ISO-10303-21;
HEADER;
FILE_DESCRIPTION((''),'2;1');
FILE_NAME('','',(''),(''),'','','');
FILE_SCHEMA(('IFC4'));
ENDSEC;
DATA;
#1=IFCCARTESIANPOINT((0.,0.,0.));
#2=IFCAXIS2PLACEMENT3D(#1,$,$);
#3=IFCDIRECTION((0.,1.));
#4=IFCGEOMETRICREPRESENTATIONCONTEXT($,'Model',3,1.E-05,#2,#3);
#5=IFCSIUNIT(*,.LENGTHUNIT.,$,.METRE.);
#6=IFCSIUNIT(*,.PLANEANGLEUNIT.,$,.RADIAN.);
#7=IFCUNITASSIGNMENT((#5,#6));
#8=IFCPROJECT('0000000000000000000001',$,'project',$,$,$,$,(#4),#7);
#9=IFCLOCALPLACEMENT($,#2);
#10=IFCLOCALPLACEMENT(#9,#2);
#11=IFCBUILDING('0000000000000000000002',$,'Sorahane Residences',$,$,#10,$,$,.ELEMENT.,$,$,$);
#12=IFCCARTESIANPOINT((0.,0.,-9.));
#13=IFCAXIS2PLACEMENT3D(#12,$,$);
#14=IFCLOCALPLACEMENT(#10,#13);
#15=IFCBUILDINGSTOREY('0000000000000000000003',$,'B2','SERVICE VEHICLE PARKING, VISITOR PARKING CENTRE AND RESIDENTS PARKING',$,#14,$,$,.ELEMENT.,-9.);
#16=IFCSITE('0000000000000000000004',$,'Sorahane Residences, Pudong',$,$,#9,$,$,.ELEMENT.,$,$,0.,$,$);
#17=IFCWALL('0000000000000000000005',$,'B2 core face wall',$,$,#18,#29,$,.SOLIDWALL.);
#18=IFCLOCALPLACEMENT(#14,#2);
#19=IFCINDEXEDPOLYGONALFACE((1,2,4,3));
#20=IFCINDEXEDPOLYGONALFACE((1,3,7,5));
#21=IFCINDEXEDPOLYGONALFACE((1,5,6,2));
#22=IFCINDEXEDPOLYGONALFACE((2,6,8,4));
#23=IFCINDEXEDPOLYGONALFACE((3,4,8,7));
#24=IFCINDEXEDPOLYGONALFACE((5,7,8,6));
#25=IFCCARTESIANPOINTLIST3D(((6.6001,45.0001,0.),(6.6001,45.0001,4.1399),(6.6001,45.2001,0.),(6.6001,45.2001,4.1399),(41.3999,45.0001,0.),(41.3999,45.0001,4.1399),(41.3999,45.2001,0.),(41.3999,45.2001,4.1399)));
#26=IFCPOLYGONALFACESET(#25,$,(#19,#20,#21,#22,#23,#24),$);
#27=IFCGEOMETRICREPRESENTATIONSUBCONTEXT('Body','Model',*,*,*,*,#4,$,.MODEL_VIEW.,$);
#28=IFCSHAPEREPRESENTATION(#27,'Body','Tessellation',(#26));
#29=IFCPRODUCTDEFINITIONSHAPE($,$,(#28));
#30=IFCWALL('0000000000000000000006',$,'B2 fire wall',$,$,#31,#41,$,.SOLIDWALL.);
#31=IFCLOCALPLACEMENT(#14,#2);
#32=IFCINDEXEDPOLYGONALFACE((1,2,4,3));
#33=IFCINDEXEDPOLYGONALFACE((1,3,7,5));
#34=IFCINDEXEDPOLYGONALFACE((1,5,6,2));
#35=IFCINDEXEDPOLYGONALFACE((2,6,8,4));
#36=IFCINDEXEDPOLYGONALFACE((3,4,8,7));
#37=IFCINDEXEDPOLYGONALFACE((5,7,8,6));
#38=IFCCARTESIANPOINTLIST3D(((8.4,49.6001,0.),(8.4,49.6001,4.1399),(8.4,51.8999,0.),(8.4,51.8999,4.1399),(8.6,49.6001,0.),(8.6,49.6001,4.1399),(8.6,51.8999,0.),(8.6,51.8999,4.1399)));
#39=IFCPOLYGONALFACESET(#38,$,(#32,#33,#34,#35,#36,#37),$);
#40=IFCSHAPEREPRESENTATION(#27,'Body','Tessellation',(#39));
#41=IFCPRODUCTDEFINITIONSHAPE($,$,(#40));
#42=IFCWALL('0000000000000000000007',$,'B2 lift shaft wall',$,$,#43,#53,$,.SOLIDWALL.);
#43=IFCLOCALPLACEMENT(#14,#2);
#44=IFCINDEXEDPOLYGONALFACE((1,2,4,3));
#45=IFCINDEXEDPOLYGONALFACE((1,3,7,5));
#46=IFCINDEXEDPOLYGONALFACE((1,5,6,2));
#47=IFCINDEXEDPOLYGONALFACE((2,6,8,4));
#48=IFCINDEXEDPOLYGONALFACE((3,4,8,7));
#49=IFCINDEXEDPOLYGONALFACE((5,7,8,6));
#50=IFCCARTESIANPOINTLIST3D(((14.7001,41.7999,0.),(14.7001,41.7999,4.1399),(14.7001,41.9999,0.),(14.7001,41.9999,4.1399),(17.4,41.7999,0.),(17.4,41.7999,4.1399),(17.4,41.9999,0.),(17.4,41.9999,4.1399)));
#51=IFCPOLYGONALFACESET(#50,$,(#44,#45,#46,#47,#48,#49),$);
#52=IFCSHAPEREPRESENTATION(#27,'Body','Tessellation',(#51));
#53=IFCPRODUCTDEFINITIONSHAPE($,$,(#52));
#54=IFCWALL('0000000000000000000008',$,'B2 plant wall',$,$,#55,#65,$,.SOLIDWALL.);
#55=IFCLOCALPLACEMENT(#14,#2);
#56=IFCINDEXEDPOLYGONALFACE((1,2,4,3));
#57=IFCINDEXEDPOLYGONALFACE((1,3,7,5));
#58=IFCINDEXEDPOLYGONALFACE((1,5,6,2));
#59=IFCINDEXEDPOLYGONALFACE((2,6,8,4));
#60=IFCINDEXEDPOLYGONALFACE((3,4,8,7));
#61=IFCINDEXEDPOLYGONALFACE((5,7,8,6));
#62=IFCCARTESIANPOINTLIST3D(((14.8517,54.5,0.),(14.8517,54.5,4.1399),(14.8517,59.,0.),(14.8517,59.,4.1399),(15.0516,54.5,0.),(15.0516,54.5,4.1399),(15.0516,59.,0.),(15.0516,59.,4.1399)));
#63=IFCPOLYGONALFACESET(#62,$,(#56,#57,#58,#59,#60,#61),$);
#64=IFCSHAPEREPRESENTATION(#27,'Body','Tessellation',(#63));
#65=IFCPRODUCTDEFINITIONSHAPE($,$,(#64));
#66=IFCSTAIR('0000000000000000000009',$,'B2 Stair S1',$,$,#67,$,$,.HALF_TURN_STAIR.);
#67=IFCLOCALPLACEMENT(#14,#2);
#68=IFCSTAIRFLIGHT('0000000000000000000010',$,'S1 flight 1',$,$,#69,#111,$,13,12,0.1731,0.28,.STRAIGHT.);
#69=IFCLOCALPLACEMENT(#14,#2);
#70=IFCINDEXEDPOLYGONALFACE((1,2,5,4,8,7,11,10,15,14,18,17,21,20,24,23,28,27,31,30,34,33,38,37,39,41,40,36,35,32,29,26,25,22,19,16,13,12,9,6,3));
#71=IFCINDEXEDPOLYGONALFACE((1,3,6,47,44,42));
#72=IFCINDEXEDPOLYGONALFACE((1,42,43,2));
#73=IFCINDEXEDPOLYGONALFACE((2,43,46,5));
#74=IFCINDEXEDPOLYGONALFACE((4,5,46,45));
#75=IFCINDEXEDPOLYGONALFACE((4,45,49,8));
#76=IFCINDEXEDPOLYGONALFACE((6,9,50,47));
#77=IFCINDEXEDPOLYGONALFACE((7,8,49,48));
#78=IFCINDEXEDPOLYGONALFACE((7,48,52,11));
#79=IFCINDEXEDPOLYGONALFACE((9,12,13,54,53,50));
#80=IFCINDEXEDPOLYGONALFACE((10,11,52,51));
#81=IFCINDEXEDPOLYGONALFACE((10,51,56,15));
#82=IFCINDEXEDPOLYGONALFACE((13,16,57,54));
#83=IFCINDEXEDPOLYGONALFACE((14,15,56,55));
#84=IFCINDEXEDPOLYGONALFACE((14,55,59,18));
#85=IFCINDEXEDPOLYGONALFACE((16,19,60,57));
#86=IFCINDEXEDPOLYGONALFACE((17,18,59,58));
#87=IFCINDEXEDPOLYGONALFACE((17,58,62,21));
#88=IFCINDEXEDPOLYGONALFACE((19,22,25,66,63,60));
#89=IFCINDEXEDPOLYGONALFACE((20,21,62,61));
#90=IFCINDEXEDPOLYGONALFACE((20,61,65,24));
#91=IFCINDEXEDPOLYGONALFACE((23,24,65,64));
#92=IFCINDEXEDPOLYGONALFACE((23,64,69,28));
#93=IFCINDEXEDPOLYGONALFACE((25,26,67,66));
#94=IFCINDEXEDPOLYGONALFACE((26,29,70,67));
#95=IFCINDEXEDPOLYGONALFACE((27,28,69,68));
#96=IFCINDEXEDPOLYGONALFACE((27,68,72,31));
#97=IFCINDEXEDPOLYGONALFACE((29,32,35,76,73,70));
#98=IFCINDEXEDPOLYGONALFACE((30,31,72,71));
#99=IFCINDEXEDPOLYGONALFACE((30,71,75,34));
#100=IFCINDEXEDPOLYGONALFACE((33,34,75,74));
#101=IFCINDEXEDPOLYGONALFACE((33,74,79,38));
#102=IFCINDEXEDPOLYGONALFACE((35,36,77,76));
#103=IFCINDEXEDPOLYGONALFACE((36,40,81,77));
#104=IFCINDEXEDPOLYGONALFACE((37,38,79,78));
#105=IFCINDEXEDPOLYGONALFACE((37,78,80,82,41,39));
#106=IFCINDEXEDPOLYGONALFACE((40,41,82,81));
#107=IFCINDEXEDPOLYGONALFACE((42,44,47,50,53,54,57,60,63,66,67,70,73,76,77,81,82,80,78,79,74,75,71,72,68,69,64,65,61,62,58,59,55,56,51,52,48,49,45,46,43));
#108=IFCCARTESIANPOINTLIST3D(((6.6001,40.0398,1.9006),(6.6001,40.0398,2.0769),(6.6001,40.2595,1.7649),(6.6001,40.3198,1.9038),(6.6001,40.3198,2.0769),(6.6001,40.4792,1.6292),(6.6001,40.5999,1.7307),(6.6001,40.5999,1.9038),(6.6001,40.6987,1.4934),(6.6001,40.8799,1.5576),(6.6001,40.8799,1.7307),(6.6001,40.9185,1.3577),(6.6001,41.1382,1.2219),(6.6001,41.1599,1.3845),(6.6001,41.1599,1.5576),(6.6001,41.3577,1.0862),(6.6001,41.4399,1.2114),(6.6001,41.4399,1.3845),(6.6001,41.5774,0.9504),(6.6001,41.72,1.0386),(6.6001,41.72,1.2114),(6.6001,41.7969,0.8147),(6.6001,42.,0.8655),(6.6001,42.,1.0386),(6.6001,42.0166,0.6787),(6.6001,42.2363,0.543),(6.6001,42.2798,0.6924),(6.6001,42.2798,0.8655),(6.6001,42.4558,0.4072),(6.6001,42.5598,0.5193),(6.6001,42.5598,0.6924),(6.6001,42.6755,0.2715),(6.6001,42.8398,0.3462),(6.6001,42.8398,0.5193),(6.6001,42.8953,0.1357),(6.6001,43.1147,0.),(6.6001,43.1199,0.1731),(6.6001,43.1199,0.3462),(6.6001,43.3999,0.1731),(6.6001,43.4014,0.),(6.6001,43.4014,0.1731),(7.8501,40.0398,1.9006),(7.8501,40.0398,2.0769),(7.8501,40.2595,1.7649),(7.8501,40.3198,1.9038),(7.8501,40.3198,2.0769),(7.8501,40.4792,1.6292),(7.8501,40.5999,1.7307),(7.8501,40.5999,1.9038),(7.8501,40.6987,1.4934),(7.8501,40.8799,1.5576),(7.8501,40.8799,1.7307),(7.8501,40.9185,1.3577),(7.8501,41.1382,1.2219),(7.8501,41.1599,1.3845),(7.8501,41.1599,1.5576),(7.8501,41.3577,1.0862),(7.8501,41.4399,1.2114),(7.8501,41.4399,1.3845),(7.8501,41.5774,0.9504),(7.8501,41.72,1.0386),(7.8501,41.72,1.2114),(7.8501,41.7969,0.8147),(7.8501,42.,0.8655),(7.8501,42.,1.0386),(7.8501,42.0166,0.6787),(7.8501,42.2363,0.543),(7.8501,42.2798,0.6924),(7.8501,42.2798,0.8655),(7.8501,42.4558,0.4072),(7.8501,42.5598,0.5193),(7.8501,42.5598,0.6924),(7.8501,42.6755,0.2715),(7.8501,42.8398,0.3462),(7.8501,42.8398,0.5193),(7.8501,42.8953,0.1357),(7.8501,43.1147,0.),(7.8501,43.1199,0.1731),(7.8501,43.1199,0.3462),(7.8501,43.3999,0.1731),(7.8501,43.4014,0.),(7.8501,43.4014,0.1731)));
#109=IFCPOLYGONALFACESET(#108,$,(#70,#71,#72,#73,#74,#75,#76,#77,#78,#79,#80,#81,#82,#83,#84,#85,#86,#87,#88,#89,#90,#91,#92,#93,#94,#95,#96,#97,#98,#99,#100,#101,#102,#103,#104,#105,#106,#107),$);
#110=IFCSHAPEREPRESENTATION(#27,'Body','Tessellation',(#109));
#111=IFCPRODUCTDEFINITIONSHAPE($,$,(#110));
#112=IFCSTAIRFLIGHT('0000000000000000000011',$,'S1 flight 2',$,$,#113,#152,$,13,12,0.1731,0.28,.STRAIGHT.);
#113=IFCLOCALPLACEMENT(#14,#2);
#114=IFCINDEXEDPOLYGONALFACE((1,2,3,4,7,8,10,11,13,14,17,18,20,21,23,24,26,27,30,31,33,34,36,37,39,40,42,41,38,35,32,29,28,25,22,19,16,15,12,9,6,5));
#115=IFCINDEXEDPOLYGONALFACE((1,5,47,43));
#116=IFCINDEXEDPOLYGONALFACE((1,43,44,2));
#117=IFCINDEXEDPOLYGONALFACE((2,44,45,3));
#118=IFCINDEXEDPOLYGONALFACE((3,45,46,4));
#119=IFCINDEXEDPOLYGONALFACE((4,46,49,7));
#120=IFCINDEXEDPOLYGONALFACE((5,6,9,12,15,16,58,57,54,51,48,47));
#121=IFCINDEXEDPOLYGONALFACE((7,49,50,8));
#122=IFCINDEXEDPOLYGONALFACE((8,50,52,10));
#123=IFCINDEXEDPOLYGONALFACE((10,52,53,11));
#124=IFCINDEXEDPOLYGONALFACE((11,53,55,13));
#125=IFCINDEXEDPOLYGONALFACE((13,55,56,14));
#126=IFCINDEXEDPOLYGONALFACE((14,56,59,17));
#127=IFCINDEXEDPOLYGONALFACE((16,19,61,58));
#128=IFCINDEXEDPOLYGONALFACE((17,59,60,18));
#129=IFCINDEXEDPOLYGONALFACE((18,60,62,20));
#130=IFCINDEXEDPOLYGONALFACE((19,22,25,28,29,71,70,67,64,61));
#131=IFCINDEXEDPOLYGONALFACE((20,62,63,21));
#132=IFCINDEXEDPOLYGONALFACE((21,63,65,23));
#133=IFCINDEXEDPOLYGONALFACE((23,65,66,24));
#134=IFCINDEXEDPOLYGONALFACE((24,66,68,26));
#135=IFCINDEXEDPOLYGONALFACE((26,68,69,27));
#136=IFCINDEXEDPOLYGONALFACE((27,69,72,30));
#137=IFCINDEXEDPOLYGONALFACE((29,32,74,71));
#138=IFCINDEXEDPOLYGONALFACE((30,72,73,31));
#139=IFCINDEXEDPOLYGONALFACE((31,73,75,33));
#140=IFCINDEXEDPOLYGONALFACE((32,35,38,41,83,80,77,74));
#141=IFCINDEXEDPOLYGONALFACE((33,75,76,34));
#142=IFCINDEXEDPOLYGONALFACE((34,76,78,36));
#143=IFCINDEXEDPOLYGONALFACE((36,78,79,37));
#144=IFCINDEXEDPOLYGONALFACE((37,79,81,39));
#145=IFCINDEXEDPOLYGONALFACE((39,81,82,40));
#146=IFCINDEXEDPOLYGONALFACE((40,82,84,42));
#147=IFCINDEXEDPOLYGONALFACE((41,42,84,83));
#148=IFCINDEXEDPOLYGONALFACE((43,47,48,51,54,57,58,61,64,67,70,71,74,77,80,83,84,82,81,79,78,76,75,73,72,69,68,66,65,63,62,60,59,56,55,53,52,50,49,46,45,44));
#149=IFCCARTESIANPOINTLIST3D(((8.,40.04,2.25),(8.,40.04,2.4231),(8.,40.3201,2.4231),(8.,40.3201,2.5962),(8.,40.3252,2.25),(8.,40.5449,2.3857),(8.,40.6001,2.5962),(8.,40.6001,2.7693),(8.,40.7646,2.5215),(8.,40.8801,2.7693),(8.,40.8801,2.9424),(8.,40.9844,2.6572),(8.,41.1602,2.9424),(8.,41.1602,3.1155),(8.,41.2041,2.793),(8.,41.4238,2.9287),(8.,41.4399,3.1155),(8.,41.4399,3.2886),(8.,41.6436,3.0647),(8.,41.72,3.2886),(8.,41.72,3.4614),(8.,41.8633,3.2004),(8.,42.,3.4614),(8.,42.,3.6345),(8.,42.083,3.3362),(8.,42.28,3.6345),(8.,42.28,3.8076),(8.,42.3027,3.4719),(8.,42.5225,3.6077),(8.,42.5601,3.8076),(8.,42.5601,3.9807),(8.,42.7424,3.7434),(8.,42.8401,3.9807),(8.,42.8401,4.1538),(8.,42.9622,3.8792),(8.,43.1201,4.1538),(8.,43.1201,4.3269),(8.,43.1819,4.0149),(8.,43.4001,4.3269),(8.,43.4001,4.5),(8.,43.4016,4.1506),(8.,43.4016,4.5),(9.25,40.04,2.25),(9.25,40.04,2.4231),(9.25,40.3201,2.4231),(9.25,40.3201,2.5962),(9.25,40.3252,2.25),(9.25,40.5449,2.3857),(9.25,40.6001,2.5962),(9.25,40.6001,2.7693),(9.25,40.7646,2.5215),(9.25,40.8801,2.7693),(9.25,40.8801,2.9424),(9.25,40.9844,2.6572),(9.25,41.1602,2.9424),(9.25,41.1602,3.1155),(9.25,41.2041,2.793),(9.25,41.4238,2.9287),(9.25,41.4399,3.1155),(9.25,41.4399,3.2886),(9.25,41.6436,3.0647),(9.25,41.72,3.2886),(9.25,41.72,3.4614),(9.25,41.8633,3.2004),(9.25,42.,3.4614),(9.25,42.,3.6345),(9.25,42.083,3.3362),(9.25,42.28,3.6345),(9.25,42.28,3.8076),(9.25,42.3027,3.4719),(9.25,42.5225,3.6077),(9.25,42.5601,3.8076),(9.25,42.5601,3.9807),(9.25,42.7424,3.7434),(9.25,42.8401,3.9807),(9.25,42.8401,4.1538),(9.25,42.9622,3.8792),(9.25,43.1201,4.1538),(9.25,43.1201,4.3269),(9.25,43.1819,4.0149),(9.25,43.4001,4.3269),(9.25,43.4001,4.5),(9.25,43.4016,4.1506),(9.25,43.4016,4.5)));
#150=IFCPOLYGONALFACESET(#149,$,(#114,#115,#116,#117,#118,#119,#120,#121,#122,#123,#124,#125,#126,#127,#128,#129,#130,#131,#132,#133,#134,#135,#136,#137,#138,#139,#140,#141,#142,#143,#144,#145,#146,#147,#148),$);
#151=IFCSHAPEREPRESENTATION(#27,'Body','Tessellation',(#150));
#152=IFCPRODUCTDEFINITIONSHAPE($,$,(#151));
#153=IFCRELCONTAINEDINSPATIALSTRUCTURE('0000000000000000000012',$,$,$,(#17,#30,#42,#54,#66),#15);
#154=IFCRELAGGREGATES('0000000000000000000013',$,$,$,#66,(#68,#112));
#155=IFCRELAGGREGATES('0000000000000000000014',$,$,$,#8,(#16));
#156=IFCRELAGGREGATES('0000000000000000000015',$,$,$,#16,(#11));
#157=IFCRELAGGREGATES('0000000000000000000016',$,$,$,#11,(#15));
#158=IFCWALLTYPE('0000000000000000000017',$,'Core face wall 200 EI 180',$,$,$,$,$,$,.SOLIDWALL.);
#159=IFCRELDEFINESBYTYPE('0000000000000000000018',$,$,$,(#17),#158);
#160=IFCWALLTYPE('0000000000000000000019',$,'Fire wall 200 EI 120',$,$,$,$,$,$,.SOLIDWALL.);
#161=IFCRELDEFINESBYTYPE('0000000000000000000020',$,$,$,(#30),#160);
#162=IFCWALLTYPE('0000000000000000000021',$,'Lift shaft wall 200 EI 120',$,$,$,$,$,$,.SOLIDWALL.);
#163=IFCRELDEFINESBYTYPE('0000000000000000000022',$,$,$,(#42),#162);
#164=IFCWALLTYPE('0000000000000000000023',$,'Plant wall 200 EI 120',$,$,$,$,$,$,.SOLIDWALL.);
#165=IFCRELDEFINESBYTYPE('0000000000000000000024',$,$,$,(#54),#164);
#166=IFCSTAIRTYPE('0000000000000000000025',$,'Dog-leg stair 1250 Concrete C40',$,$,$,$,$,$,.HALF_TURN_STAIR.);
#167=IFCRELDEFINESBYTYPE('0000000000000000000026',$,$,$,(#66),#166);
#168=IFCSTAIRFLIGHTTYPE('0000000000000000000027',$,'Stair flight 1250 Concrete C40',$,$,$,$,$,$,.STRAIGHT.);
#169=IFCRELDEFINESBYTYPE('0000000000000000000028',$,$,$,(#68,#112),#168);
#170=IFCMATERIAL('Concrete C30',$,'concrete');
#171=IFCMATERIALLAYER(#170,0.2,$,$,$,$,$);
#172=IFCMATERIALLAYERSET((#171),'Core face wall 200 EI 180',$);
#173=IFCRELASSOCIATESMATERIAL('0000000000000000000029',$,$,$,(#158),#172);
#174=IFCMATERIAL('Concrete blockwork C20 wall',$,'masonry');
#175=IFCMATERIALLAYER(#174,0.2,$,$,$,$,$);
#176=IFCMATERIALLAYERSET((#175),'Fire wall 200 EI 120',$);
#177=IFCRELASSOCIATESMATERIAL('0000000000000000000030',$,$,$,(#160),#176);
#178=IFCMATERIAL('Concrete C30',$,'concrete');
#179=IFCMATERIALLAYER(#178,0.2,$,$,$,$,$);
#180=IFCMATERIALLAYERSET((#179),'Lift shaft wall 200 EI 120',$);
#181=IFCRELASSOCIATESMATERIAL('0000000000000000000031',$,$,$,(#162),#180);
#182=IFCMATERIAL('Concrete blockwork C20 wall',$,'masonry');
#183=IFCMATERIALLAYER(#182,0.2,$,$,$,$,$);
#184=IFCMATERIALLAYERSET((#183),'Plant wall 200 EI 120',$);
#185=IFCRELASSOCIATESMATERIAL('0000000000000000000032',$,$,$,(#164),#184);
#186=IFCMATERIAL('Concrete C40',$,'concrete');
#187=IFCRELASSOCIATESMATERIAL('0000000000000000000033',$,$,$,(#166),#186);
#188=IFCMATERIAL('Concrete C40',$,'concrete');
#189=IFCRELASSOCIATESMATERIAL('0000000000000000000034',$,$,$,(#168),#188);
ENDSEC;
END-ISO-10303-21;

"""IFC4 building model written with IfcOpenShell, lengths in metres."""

from ifc_helpers import new_model, si_unit, direction, frame, frame_2d, origin, place, context, subcontext, project, spatial, polyline, rectangle, outline, extrude, material, layer, layer_set, type_object, element, aggregate, save


model = new_model("IFC4")

# Units and contexts
model_context = context("Model", 3, precision=1e-05, world=origin(), true_north=direction((0.0, 1.0)))
body_context = subcontext(model_context, "Body", "Model", "MODEL_VIEW")
ifc_project = project(units=[si_unit("LENGTHUNIT", "METRE"), si_unit("PLANEANGLEUNIT", "RADIAN")], contexts=[model_context])

# Site, building, storey
site_placement = place(None, origin())
site = spatial("IfcSite", under=ifc_project, at=site_placement, Name="Sorahane Residences, Pudong", CompositionType="ELEMENT", RefElevation=0.0)
building_placement = place(site_placement, origin())
building = spatial("IfcBuilding", under=site, at=building_placement, Name="Sorahane Residences", CompositionType="ELEMENT")
storey_placement = place(building_placement, frame((0.0, 0.0, -9.0)))
storey = spatial("IfcBuildingStorey", under=building, at=storey_placement, Name="B2", Description="SERVICE VEHICLE PARKING, VISITOR PARKING CENTRE AND RESIDENTS PARKING", CompositionType="ELEMENT", Elevation=-9.0)

# Walls
ifc_material_1 = material(Name="Concrete C30", Category="concrete")
ifc_layer_1 = layer(ifc_material_1, 0.2)
ifc_layer_set_1 = layer_set([ifc_layer_1], Name="Core face wall 200 EI 180")
wall_type_1 = type_object("IfcWallType", Name="Core face wall 200 EI 180", PredefinedType="SOLIDWALL", material=ifc_layer_set_1)
wall_1_placement = place(storey_placement, frame((6.6001, 45.1001, 0.0), z_axis=(0.0, 0.0, 1.0), x_axis=(1.0, 0.0, 0.0)))
element("IfcWall", 1, at=wall_1_placement, inside=storey, type_object=wall_type_1, Name="B2 core face wall", PredefinedType="SOLIDWALL", context=body_context, shape_type="SweptSolid", body=[
    extrude(rectangle(XDim=34.7998, YDim=0.2, at=frame_2d((17.3999, 0.0))), origin(), (0.0, 0.0, 1.0), 4.1399),
])
ifc_material_2 = material(Name="Concrete blockwork C20 wall", Category="masonry")
ifc_layer_2 = layer(ifc_material_2, 0.2)
ifc_layer_set_2 = layer_set([ifc_layer_2], Name="Fire wall 200 EI 120")
wall_type_2 = type_object("IfcWallType", Name="Fire wall 200 EI 120", PredefinedType="SOLIDWALL", material=ifc_layer_set_2)
wall_2_placement = place(storey_placement, frame((8.5, 49.6001, 0.0), z_axis=(0.0, 0.0, 1.0), x_axis=(0.0, 1.0, 0.0)))
element("IfcWall", 2, at=wall_2_placement, inside=storey, type_object=wall_type_2, Name="B2 fire wall", PredefinedType="SOLIDWALL", context=body_context, shape_type="SweptSolid", body=[
    extrude(rectangle(XDim=2.2998, YDim=0.2, at=frame_2d((1.1499, 0.0))), origin(), (0.0, 0.0, 1.0), 4.1399),
])
ifc_material_3 = material(Name="Concrete C30", Category="concrete")
ifc_layer_3 = layer(ifc_material_3, 0.2)
ifc_layer_set_3 = layer_set([ifc_layer_3], Name="Lift shaft wall 200 EI 120")
wall_type_3 = type_object("IfcWallType", Name="Lift shaft wall 200 EI 120", PredefinedType="SOLIDWALL", material=ifc_layer_set_3)
wall_3_placement = place(storey_placement, frame((14.7, 41.8999, 0.0), z_axis=(0.0, 0.0, 1.0), x_axis=(1.0, 0.0, 0.0)))
element("IfcWall", 3, at=wall_3_placement, inside=storey, type_object=wall_type_3, Name="B2 lift shaft wall", PredefinedType="SOLIDWALL", context=body_context, shape_type="SweptSolid", body=[
    extrude(rectangle(XDim=2.7, YDim=0.2, at=frame_2d((1.3501, 0.0))), origin(), (0.0, 0.0, 1.0), 4.1399),
])
ifc_material_4 = material(Name="Concrete blockwork C20 wall", Category="masonry")
ifc_layer_4 = layer(ifc_material_4, 0.2)
ifc_layer_set_4 = layer_set([ifc_layer_4], Name="Plant wall 200 EI 120")
wall_type_4 = type_object("IfcWallType", Name="Plant wall 200 EI 120", PredefinedType="SOLIDWALL", material=ifc_layer_set_4)
wall_4_placement = place(storey_placement, frame((14.9517, 54.5, 0.0), z_axis=(0.0, 0.0, 1.0), x_axis=(0.0, 1.0, 0.0)))
element("IfcWall", 4, at=wall_4_placement, inside=storey, type_object=wall_type_4, Name="B2 plant wall", PredefinedType="SOLIDWALL", context=body_context, shape_type="SweptSolid", body=[
    extrude(rectangle(XDim=4.5, YDim=0.2, at=frame_2d((2.25, 0.0))), origin(), (0.0, 0.0, 1.0), 4.1399),
])

# Stair, stair flights
ifc_material_5 = material(Name="Concrete C40", Category="concrete")
stair_type = type_object("IfcStairType", Name="Dog-leg stair 1250 Concrete C40", PredefinedType="HALF_TURN_STAIR", material=ifc_material_5)
stair_1_placement = place(storey_placement, origin())
stair_1 = element("IfcStair", 5, at=stair_1_placement, inside=storey, type_object=stair_type, Name="B2 Stair S1", PredefinedType="HALF_TURN_STAIR")
ifc_material_6 = material(Name="Concrete C40", Category="concrete")
stair_flight_type = type_object("IfcStairFlightType", Name="Stair flight 1250 Concrete C40", PredefinedType="STRAIGHT", material=ifc_material_6)
stair_flight_1_placement = place(storey_placement, frame((7.2251, 43.3999, 0.0), z_axis=(0.0, 0.0, 1.0), x_axis=(0.0, -1.0, 0.0)))
stair_flight_1 = element("IfcStairFlight", 6, at=stair_flight_1_placement, type_object=stair_flight_type, Name="S1 flight 1", NumberOfRisers=13, NumberOfTreads=12, PredefinedType="STRAIGHT", RiserHeight=0.1731, TreadLength=0.28, context=body_context, shape_type="SweptSolid", body=[
    extrude(outline(polyline([(-0.0015, 0.0), (-0.0015, 0.1731), (0.0, 0.1731), (0.28, 0.1731), (0.28, 0.3462), (0.5601, 0.3462), (0.5601, 0.5193), (0.8401, 0.5193), (0.8401, 0.6924), (1.1201, 0.6924), (1.1201, 0.8655), (1.3999, 0.8655), (1.3999, 1.0386), (1.6799, 1.0386), (1.6799, 1.2114), (1.96, 1.2114), (1.96, 1.3845), (2.24, 1.3845), (2.24, 1.5576), (2.52, 1.5576), (2.52, 1.7307), (2.8, 1.7307), (2.8, 1.9038), (3.0801, 1.9038), (3.0801, 2.0769), (3.3601, 2.0769), (3.3601, 2.25), (3.3601, 1.9006), (3.1404, 1.7649), (2.9207, 1.6292), (2.7012, 1.4934), (2.4814, 1.3577), (2.2617, 1.2219), (2.0422, 1.0862), (1.8225, 0.9504), (1.603, 0.8147), (1.3833, 0.6787), (1.1636, 0.543), (0.9441, 0.4072), (0.7244, 0.2715), (0.5046, 0.1357), (0.2852, 0.0), (-0.0015, 0.0)])), frame((0.0, 0.625, 0.0), z_axis=(0.0, -1.0, 0.0), x_axis=(1.0, 0.0, 0.0)), (0.0, 0.0, 1.0), 1.25),
])
stair_flight_2_placement = place(storey_placement, frame((8.625, 40.04, 2.25), z_axis=(0.0, 0.0, 1.0), x_axis=(0.0, 1.0, 0.0)))
stair_flight_2 = element("IfcStairFlight", 7, at=stair_flight_2_placement, type_object=stair_flight_type, Name="S1 flight 2", NumberOfRisers=13, NumberOfTreads=12, PredefinedType="STRAIGHT", RiserHeight=0.1731, TreadLength=0.28, context=body_context, shape_type="SweptSolid", body=[
    extrude(outline(polyline([(0.0, 0.0), (0.0, 0.1731), (0.28, 0.1731), (0.28, 0.3462), (0.5601, 0.3462), (0.5601, 0.5193), (0.8401, 0.5193), (0.8401, 0.6924), (1.1201, 0.6924), (1.1201, 0.8655), (1.3999, 0.8655), (1.3999, 1.0386), (1.6799, 1.0386), (1.6799, 1.2114), (1.96, 1.2114), (1.96, 1.3845), (2.24, 1.3845), (2.24, 1.5576), (2.52, 1.5576), (2.52, 1.7307), (2.8, 1.7307), (2.8, 1.9038), (3.0801, 1.9038), (3.0801, 2.0769), (3.3601, 2.0769), (3.3601, 2.25), (3.3616, 2.25), (3.3616, 1.9006), (3.1418, 1.7649), (2.9221, 1.6292), (2.7024, 1.4934), (2.4824, 1.3577), (2.2627, 1.2219), (2.043, 1.0862), (1.8232, 0.9504), (1.6035, 0.8147), (1.3838, 0.6787), (1.1641, 0.543), (0.9443, 0.4072), (0.7246, 0.2715), (0.5049, 0.1357), (0.2852, 0.0), (0.0, 0.0)])), frame((0.0, 0.625, 0.0), z_axis=(0.0, -1.0, 0.0), x_axis=(1.0, 0.0, 0.0)), (0.0, 0.0, 1.0), 1.25),
])
aggregate(stair_1, [stair_flight_1, stair_flight_2])

save(model, "model.ifc")
